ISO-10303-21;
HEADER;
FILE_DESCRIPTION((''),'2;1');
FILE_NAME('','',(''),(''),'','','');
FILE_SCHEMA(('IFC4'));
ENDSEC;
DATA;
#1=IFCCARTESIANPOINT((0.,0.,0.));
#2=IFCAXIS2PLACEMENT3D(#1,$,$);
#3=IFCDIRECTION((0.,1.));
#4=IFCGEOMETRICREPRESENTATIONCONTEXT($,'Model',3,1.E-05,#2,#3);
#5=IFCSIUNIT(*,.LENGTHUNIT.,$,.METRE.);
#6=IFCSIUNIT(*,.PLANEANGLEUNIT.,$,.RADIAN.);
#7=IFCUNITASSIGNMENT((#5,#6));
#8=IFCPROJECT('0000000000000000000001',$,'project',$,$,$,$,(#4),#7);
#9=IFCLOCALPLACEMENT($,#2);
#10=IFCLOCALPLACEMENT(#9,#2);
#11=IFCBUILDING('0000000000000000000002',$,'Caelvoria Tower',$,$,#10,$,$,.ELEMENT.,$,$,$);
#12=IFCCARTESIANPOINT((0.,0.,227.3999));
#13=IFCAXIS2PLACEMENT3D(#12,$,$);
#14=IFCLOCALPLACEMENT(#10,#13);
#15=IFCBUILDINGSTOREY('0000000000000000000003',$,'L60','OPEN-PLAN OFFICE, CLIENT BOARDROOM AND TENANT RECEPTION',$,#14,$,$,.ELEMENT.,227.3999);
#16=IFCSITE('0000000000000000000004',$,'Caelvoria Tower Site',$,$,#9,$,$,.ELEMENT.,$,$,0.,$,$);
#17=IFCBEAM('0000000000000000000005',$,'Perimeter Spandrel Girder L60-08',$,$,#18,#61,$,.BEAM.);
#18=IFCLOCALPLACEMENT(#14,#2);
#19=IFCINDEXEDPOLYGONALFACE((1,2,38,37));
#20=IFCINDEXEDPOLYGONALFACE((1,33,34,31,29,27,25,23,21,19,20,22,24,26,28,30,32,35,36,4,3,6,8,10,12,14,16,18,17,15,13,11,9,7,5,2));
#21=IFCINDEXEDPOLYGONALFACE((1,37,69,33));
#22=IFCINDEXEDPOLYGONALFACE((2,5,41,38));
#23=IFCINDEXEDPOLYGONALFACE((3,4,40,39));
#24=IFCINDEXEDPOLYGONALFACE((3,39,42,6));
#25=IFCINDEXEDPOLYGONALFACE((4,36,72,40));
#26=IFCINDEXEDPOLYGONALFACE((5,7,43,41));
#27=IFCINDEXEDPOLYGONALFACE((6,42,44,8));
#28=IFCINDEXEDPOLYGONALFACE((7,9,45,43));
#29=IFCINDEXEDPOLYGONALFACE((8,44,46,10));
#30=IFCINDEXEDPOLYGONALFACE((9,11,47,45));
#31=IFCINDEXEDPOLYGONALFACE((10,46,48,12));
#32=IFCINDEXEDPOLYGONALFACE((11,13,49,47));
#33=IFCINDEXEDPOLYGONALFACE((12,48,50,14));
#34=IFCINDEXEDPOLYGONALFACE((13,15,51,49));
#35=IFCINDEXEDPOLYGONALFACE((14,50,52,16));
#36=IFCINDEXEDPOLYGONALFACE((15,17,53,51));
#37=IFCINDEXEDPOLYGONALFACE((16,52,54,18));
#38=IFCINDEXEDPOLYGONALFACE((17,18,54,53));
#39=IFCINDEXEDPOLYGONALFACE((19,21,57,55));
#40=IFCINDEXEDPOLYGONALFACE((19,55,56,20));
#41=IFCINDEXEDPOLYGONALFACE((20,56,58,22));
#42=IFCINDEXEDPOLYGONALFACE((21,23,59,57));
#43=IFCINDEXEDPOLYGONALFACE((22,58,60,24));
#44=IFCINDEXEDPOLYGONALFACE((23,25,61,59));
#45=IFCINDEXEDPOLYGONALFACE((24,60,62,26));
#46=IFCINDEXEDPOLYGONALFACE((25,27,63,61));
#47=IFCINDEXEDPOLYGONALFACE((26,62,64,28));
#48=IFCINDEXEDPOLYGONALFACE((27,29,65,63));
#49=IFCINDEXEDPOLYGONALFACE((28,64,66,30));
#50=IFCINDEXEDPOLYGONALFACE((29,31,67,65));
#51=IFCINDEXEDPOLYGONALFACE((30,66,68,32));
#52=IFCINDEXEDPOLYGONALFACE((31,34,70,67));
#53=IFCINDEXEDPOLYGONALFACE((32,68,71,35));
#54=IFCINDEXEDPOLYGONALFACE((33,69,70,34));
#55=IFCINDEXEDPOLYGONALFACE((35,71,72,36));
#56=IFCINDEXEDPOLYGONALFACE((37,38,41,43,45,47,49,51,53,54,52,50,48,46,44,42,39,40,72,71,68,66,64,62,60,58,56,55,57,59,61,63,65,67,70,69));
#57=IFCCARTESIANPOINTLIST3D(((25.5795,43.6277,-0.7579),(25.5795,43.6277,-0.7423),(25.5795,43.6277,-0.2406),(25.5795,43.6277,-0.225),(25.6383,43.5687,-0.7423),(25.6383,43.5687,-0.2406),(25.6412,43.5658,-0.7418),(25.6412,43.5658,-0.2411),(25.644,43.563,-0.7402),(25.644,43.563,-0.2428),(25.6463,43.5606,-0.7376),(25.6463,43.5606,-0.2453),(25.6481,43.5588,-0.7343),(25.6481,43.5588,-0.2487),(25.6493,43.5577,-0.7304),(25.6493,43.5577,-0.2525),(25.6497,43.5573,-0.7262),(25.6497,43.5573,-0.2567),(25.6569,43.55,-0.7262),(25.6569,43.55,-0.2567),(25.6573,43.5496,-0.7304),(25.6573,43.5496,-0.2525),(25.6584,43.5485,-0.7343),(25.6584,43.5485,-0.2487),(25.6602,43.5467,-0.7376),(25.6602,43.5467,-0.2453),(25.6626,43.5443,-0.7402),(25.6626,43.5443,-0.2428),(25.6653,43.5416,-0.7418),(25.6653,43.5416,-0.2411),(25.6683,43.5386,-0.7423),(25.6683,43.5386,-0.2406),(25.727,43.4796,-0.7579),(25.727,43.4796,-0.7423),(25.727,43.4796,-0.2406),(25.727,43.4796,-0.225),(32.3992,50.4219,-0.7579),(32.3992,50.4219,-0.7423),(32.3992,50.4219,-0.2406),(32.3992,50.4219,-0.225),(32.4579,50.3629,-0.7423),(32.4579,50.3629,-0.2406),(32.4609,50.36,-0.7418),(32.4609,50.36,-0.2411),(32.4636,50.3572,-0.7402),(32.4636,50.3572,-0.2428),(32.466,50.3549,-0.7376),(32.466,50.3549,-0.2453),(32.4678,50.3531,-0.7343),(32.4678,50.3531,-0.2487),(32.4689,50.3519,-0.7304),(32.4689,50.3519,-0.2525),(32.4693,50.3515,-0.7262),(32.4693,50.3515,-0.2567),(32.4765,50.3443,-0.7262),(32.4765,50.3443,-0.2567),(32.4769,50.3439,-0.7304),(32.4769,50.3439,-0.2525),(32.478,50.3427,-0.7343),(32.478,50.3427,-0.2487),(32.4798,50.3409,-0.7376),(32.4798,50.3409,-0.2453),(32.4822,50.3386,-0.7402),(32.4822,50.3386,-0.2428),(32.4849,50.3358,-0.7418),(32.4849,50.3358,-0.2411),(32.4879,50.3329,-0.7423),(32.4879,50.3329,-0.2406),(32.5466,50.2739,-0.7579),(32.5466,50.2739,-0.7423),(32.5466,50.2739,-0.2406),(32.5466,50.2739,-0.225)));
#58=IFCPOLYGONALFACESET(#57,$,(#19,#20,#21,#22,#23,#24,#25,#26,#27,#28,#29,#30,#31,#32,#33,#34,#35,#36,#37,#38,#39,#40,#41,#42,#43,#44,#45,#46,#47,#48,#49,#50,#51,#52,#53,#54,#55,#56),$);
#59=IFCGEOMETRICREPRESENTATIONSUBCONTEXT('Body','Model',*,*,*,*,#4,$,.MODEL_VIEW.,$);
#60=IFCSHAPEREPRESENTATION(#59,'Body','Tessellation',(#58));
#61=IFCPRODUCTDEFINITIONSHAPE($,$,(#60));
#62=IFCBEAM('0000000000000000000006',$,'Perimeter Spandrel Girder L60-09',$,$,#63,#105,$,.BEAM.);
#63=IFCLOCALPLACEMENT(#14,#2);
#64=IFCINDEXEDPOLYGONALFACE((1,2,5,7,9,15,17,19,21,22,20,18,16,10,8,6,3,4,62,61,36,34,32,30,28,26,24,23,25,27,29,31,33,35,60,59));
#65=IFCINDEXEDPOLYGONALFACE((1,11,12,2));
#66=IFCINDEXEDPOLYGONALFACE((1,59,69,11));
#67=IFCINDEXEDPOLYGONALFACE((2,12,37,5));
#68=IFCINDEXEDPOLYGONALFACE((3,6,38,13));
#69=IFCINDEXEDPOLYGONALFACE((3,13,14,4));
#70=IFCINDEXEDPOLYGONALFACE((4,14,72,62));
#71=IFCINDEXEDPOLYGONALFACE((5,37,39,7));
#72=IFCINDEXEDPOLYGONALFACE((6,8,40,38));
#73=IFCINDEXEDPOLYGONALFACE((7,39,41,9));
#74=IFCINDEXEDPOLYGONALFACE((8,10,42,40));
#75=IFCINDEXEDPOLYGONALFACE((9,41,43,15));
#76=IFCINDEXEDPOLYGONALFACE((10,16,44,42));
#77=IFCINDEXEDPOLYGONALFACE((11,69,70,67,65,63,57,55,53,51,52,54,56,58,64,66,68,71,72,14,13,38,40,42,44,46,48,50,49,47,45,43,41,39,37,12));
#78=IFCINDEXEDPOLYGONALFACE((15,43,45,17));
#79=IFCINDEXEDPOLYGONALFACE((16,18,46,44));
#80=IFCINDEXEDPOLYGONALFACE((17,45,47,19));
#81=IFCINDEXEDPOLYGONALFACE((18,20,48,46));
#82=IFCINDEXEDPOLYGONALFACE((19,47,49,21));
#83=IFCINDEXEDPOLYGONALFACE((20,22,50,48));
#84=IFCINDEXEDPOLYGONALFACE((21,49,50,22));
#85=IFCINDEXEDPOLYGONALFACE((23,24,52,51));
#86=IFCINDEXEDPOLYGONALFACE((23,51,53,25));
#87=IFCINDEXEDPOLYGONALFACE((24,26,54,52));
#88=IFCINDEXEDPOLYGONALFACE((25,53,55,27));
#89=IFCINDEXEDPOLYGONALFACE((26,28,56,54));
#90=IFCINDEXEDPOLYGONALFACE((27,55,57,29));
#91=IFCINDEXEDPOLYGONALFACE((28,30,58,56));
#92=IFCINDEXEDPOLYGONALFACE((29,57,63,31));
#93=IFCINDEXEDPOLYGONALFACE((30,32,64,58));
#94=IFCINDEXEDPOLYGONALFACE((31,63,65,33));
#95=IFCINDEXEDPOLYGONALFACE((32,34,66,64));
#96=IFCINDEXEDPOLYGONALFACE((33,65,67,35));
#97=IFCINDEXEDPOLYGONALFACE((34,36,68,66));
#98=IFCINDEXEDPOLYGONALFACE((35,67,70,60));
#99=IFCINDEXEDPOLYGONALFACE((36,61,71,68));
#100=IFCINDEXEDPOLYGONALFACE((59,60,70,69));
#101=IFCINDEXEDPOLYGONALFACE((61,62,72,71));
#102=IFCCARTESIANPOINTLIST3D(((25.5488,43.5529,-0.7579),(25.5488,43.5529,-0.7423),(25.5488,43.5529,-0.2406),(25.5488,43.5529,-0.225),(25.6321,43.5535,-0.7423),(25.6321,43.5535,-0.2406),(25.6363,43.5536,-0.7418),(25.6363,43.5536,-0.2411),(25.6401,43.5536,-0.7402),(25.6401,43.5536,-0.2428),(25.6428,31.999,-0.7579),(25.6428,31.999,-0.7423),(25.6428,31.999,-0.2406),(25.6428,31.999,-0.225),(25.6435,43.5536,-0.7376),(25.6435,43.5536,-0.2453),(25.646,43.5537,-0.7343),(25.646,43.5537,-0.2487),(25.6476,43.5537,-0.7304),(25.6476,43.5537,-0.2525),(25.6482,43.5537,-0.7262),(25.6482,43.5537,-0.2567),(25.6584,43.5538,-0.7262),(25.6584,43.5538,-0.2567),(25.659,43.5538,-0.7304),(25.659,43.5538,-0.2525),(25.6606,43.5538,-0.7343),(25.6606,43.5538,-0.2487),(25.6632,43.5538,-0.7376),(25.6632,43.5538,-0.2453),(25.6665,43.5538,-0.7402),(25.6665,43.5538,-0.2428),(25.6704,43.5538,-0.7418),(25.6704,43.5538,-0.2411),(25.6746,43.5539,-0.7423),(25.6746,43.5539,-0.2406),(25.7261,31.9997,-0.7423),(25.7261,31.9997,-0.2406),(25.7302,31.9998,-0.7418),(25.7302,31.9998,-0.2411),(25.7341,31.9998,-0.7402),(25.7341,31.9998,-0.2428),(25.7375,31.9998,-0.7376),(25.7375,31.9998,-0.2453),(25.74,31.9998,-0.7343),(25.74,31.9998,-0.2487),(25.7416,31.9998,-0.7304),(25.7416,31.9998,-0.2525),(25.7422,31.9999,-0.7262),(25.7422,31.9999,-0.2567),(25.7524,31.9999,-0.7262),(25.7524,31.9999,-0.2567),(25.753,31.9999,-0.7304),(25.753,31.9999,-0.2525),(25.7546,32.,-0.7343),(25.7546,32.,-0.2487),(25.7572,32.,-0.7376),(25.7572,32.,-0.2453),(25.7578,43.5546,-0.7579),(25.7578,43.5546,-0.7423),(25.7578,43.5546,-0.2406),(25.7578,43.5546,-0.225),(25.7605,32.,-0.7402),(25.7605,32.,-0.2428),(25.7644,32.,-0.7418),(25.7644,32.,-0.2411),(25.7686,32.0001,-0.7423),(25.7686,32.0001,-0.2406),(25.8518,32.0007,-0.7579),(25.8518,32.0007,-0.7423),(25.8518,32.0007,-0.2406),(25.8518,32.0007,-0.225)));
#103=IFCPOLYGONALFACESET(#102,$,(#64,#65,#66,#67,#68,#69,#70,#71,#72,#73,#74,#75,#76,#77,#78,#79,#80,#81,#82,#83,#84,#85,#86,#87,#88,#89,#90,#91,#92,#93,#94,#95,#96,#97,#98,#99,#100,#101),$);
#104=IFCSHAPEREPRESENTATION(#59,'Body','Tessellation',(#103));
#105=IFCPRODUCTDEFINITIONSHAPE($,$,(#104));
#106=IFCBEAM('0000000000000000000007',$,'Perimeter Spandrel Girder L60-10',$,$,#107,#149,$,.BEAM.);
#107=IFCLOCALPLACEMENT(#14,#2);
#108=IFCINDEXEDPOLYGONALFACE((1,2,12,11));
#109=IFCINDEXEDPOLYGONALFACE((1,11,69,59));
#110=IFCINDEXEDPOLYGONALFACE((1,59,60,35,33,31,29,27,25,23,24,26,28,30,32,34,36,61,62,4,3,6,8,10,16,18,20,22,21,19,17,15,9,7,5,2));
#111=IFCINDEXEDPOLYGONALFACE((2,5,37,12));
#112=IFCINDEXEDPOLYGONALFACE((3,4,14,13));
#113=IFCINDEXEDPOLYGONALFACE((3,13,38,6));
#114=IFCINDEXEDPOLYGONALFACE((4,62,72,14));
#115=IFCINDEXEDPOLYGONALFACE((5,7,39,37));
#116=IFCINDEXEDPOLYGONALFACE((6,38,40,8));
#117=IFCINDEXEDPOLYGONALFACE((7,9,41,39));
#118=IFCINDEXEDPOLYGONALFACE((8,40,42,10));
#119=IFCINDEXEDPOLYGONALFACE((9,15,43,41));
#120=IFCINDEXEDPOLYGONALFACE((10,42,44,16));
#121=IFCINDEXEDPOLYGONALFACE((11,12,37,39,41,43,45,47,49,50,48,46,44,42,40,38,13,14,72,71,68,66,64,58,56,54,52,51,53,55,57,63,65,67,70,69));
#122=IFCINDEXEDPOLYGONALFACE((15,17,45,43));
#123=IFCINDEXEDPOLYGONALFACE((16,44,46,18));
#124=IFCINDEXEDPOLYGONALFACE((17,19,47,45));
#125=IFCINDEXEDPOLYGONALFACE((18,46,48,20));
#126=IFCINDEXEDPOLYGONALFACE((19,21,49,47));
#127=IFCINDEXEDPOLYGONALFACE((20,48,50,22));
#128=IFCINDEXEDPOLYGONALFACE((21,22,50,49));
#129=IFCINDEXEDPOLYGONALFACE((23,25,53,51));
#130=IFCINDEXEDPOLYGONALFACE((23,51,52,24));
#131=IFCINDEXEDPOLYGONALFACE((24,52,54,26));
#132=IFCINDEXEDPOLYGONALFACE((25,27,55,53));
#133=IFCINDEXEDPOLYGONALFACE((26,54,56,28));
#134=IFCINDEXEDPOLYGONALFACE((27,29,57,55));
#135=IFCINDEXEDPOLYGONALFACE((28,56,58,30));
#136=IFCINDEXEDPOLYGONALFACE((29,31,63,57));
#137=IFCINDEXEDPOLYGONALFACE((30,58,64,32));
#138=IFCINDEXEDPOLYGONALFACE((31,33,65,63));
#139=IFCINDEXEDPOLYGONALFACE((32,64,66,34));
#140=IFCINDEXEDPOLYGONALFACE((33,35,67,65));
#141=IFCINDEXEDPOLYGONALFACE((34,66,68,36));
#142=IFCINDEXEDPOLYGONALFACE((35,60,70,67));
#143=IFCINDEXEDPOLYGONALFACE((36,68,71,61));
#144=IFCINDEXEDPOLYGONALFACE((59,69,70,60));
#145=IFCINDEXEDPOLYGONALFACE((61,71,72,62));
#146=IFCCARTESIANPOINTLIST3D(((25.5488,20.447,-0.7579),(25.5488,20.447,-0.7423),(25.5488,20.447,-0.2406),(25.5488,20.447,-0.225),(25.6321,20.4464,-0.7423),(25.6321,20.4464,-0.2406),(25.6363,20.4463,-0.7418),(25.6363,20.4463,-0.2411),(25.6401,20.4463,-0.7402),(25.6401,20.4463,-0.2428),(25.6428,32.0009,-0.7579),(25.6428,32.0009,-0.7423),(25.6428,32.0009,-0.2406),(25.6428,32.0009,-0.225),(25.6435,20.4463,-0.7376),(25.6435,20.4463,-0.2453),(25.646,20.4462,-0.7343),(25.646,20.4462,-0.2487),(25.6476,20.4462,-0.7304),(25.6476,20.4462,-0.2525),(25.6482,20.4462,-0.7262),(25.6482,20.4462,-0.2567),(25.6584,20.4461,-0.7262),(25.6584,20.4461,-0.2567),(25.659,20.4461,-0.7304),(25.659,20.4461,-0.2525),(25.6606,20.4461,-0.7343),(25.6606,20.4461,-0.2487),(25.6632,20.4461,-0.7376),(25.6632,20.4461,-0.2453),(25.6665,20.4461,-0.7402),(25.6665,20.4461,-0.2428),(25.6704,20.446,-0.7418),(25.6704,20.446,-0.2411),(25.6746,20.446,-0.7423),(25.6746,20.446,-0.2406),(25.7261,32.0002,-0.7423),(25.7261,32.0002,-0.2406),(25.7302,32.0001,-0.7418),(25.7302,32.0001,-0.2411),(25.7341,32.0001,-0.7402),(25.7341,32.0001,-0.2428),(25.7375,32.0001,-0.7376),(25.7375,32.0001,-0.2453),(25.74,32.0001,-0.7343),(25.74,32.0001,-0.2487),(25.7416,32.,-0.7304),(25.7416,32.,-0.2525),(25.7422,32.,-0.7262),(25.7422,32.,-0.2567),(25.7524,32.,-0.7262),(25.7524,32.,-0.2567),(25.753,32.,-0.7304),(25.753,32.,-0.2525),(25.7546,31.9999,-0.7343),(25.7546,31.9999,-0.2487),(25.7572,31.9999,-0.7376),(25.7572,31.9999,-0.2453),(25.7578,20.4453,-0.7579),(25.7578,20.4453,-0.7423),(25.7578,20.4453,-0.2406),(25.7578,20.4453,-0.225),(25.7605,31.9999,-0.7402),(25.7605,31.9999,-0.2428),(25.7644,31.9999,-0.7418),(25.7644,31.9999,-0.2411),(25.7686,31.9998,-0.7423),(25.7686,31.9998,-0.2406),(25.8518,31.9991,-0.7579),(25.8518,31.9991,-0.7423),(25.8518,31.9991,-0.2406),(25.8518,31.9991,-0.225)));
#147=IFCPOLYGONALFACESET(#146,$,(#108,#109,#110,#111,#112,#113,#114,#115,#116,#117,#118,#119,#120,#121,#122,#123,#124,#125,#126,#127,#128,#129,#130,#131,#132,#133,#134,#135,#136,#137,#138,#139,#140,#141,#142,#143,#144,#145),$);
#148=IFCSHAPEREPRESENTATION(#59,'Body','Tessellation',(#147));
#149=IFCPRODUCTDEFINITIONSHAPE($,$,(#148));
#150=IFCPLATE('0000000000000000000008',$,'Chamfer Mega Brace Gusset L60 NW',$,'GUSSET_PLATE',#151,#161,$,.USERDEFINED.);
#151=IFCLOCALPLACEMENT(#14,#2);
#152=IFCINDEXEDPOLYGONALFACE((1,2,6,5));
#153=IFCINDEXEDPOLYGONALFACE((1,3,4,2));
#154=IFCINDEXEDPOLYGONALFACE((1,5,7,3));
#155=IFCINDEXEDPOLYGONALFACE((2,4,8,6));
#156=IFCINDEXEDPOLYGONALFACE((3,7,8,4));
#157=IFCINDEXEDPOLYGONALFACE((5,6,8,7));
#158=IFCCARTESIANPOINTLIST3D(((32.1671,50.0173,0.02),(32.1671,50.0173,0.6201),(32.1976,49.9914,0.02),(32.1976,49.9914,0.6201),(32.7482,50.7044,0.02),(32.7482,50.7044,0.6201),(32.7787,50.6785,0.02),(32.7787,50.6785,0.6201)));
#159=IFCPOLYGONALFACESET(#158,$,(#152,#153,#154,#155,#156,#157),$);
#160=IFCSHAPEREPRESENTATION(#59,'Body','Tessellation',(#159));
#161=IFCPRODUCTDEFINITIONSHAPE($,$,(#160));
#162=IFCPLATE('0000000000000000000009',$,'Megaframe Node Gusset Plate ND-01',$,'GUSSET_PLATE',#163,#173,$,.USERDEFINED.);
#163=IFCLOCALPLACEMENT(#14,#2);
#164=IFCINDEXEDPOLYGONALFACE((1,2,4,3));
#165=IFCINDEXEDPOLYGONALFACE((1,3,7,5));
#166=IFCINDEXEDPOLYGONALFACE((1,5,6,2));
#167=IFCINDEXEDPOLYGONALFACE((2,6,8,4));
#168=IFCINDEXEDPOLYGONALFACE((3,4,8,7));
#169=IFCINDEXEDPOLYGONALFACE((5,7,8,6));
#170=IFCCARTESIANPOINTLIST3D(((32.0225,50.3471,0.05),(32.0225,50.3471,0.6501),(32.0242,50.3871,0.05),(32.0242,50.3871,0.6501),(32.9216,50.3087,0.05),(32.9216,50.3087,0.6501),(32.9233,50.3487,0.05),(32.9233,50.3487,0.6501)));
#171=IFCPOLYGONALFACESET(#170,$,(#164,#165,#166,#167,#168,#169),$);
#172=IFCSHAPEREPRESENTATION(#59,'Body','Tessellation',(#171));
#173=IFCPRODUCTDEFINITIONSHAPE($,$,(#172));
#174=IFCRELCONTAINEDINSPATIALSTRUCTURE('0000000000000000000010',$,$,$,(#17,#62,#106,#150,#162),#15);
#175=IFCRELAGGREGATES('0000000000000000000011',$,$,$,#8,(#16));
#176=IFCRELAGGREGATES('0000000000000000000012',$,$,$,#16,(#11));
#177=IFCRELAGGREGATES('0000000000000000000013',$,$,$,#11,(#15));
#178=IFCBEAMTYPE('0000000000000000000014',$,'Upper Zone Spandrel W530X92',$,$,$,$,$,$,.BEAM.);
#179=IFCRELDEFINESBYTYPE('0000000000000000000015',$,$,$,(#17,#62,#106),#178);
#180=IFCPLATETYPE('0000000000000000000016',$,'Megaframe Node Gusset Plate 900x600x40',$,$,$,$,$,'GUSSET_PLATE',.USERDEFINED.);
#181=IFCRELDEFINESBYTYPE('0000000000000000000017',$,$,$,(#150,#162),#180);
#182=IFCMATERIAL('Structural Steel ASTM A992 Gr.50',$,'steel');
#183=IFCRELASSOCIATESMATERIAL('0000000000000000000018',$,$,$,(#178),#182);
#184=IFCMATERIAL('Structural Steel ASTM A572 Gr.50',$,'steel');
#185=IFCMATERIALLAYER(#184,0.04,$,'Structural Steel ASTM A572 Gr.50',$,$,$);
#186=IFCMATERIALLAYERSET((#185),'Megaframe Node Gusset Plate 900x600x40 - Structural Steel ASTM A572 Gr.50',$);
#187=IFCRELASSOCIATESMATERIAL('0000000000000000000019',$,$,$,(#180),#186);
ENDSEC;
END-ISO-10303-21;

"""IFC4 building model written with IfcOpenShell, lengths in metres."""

from ifc_helpers import new_model, si_unit, direction, frame, origin, origin_2d, place, context, subcontext, project, spatial, rectangle, i_section, extrude, material, layer, layer_set, material_profile, profile_set, type_object, element, save


model = new_model("IFC4")

# Units and contexts
model_context = context("Model", 3, precision=1e-05, world=origin(), true_north=direction((0.0, 1.0)))
body_context = subcontext(model_context, "Body", "Model", "MODEL_VIEW")
ifc_project = project(units=[si_unit("LENGTHUNIT", "METRE"), si_unit("PLANEANGLEUNIT", "RADIAN")], contexts=[model_context])

# Site, building, storey
site_placement = place(None, origin())
site = spatial("IfcSite", under=ifc_project, at=site_placement, Name="Caelvoria Tower Site", CompositionType="ELEMENT", RefElevation=0.0)
building_placement = place(site_placement, origin())
building = spatial("IfcBuilding", under=site, at=building_placement, Name="Caelvoria Tower", CompositionType="ELEMENT")
storey_placement = place(building_placement, frame((0.0, 0.0, 227.3999)))
storey = spatial("IfcBuildingStorey", under=building, at=storey_placement, Name="L60", Description="OPEN-PLAN OFFICE, CLIENT BOARDROOM AND TENANT RECEPTION", CompositionType="ELEMENT", Elevation=227.3999)

# Shared definitions
ifc_material_1 = material(Name="Structural Steel ASTM A572 Gr.50", Category="steel")
ifc_material_2 = material(Name="Structural Steel ASTM A992 Gr.50", Category="steel")

# Beams
ifc_material_profile_1 = material_profile(ifc_material_2, i_section(OverallWidth=0.209, OverallDepth=0.533, WebThickness=0.0103, FlangeThickness=0.0156, FilletRadius=0.0161, at=origin_2d()), Name="Structural Steel ASTM A992 Gr.50")
ifc_profile_set_1 = profile_set([ifc_material_profile_1], Name="W530X92 - Structural Steel ASTM A992 Gr.50")
beam_type_1 = type_object("IfcBeamType", Name="Upper Zone Spandrel W530X92", PredefinedType="BEAM", material=ifc_profile_set_1)
beam_1_placement = place(storey_placement, frame((32.4729, 50.3479, -0.4915), z_axis=(-0.708424, -0.705787, 0.0), x_axis=(0.705787, -0.708424, 0.0)))
element("IfcBeam", 1, at=beam_1_placement, inside=storey, type_object=beam_type_1, Name="Perimeter Spandrel Girder L60-08", PredefinedType="BEAM", context=body_context, shape_type="SweptSolid", body=[
    extrude(i_section(OverallWidth=0.209, OverallDepth=0.533, WebThickness=0.0103, FlangeThickness=0.0156, FilletRadius=0.0161, at=origin_2d()), origin(), (0.0, 0.0, 1.0), 9.6265),
])
for number, where, z_axis, x_axis, name in (
    (2, (25.6533, 43.5537, -0.4915), (0.008135, -0.999967, 0.0), (0.999967, 0.008135, 0.0), "Perimeter Spandrel Girder L60-09"),
    (3, (25.7473, 32.0, -0.4915), (-0.008135, -0.999967, 0.0), (0.999967, -0.008135, 0.0), "Perimeter Spandrel Girder L60-10"),
):
    element("IfcBeam", number, at=place(storey_placement, frame(where, z_axis=z_axis, x_axis=x_axis)), inside=storey, type_object=beam_type_1, Name=name, PredefinedType="BEAM", context=body_context, shape_type="SweptSolid", body=[
        extrude(i_section(OverallWidth=0.209, OverallDepth=0.533, WebThickness=0.0103, FlangeThickness=0.0156, FilletRadius=0.0161, at=origin_2d()), origin(), (0.0, 0.0, 1.0), 11.5542),
    ])

# Plates
ifc_layer_1 = layer(ifc_material_1, 0.04, Name="Structural Steel ASTM A572 Gr.50")
ifc_layer_set_1 = layer_set([ifc_layer_1], Name="Megaframe Node Gusset Plate 900x600x40 - Structural Steel ASTM A572 Gr.50")
plate_type = type_object("IfcPlateType", Name="Megaframe Node Gusset Plate 900x600x40", ElementType="GUSSET_PLATE", PredefinedType="USERDEFINED", material=ifc_layer_set_1)
for number, where, z_axis, x_axis, name in (
    (4, (32.4729, 50.3479, 0.02), (0.0, 0.0, 1.0), (-0.645735, -0.763562, 0.0), "Chamfer Mega Brace Gusset L60 NW"),
    (5, (32.4729, 50.3479, 0.05), (0.0, 0.0, 1.0), (0.999092, -0.042608, 0.0), "Megaframe Node Gusset Plate ND-01"),
):
    element("IfcPlate", number, at=place(storey_placement, frame(where, z_axis=z_axis, x_axis=x_axis)), inside=storey, type_object=plate_type, Name=name, ObjectType="GUSSET_PLATE", PredefinedType="USERDEFINED", context=body_context, shape_type="SweptSolid", body=[
        extrude(rectangle(XDim=0.8999, YDim=0.04, at=origin_2d()), origin(), (0.0, 0.0, 1.0), 0.6001),
    ])

save(model, "model.ifc")
